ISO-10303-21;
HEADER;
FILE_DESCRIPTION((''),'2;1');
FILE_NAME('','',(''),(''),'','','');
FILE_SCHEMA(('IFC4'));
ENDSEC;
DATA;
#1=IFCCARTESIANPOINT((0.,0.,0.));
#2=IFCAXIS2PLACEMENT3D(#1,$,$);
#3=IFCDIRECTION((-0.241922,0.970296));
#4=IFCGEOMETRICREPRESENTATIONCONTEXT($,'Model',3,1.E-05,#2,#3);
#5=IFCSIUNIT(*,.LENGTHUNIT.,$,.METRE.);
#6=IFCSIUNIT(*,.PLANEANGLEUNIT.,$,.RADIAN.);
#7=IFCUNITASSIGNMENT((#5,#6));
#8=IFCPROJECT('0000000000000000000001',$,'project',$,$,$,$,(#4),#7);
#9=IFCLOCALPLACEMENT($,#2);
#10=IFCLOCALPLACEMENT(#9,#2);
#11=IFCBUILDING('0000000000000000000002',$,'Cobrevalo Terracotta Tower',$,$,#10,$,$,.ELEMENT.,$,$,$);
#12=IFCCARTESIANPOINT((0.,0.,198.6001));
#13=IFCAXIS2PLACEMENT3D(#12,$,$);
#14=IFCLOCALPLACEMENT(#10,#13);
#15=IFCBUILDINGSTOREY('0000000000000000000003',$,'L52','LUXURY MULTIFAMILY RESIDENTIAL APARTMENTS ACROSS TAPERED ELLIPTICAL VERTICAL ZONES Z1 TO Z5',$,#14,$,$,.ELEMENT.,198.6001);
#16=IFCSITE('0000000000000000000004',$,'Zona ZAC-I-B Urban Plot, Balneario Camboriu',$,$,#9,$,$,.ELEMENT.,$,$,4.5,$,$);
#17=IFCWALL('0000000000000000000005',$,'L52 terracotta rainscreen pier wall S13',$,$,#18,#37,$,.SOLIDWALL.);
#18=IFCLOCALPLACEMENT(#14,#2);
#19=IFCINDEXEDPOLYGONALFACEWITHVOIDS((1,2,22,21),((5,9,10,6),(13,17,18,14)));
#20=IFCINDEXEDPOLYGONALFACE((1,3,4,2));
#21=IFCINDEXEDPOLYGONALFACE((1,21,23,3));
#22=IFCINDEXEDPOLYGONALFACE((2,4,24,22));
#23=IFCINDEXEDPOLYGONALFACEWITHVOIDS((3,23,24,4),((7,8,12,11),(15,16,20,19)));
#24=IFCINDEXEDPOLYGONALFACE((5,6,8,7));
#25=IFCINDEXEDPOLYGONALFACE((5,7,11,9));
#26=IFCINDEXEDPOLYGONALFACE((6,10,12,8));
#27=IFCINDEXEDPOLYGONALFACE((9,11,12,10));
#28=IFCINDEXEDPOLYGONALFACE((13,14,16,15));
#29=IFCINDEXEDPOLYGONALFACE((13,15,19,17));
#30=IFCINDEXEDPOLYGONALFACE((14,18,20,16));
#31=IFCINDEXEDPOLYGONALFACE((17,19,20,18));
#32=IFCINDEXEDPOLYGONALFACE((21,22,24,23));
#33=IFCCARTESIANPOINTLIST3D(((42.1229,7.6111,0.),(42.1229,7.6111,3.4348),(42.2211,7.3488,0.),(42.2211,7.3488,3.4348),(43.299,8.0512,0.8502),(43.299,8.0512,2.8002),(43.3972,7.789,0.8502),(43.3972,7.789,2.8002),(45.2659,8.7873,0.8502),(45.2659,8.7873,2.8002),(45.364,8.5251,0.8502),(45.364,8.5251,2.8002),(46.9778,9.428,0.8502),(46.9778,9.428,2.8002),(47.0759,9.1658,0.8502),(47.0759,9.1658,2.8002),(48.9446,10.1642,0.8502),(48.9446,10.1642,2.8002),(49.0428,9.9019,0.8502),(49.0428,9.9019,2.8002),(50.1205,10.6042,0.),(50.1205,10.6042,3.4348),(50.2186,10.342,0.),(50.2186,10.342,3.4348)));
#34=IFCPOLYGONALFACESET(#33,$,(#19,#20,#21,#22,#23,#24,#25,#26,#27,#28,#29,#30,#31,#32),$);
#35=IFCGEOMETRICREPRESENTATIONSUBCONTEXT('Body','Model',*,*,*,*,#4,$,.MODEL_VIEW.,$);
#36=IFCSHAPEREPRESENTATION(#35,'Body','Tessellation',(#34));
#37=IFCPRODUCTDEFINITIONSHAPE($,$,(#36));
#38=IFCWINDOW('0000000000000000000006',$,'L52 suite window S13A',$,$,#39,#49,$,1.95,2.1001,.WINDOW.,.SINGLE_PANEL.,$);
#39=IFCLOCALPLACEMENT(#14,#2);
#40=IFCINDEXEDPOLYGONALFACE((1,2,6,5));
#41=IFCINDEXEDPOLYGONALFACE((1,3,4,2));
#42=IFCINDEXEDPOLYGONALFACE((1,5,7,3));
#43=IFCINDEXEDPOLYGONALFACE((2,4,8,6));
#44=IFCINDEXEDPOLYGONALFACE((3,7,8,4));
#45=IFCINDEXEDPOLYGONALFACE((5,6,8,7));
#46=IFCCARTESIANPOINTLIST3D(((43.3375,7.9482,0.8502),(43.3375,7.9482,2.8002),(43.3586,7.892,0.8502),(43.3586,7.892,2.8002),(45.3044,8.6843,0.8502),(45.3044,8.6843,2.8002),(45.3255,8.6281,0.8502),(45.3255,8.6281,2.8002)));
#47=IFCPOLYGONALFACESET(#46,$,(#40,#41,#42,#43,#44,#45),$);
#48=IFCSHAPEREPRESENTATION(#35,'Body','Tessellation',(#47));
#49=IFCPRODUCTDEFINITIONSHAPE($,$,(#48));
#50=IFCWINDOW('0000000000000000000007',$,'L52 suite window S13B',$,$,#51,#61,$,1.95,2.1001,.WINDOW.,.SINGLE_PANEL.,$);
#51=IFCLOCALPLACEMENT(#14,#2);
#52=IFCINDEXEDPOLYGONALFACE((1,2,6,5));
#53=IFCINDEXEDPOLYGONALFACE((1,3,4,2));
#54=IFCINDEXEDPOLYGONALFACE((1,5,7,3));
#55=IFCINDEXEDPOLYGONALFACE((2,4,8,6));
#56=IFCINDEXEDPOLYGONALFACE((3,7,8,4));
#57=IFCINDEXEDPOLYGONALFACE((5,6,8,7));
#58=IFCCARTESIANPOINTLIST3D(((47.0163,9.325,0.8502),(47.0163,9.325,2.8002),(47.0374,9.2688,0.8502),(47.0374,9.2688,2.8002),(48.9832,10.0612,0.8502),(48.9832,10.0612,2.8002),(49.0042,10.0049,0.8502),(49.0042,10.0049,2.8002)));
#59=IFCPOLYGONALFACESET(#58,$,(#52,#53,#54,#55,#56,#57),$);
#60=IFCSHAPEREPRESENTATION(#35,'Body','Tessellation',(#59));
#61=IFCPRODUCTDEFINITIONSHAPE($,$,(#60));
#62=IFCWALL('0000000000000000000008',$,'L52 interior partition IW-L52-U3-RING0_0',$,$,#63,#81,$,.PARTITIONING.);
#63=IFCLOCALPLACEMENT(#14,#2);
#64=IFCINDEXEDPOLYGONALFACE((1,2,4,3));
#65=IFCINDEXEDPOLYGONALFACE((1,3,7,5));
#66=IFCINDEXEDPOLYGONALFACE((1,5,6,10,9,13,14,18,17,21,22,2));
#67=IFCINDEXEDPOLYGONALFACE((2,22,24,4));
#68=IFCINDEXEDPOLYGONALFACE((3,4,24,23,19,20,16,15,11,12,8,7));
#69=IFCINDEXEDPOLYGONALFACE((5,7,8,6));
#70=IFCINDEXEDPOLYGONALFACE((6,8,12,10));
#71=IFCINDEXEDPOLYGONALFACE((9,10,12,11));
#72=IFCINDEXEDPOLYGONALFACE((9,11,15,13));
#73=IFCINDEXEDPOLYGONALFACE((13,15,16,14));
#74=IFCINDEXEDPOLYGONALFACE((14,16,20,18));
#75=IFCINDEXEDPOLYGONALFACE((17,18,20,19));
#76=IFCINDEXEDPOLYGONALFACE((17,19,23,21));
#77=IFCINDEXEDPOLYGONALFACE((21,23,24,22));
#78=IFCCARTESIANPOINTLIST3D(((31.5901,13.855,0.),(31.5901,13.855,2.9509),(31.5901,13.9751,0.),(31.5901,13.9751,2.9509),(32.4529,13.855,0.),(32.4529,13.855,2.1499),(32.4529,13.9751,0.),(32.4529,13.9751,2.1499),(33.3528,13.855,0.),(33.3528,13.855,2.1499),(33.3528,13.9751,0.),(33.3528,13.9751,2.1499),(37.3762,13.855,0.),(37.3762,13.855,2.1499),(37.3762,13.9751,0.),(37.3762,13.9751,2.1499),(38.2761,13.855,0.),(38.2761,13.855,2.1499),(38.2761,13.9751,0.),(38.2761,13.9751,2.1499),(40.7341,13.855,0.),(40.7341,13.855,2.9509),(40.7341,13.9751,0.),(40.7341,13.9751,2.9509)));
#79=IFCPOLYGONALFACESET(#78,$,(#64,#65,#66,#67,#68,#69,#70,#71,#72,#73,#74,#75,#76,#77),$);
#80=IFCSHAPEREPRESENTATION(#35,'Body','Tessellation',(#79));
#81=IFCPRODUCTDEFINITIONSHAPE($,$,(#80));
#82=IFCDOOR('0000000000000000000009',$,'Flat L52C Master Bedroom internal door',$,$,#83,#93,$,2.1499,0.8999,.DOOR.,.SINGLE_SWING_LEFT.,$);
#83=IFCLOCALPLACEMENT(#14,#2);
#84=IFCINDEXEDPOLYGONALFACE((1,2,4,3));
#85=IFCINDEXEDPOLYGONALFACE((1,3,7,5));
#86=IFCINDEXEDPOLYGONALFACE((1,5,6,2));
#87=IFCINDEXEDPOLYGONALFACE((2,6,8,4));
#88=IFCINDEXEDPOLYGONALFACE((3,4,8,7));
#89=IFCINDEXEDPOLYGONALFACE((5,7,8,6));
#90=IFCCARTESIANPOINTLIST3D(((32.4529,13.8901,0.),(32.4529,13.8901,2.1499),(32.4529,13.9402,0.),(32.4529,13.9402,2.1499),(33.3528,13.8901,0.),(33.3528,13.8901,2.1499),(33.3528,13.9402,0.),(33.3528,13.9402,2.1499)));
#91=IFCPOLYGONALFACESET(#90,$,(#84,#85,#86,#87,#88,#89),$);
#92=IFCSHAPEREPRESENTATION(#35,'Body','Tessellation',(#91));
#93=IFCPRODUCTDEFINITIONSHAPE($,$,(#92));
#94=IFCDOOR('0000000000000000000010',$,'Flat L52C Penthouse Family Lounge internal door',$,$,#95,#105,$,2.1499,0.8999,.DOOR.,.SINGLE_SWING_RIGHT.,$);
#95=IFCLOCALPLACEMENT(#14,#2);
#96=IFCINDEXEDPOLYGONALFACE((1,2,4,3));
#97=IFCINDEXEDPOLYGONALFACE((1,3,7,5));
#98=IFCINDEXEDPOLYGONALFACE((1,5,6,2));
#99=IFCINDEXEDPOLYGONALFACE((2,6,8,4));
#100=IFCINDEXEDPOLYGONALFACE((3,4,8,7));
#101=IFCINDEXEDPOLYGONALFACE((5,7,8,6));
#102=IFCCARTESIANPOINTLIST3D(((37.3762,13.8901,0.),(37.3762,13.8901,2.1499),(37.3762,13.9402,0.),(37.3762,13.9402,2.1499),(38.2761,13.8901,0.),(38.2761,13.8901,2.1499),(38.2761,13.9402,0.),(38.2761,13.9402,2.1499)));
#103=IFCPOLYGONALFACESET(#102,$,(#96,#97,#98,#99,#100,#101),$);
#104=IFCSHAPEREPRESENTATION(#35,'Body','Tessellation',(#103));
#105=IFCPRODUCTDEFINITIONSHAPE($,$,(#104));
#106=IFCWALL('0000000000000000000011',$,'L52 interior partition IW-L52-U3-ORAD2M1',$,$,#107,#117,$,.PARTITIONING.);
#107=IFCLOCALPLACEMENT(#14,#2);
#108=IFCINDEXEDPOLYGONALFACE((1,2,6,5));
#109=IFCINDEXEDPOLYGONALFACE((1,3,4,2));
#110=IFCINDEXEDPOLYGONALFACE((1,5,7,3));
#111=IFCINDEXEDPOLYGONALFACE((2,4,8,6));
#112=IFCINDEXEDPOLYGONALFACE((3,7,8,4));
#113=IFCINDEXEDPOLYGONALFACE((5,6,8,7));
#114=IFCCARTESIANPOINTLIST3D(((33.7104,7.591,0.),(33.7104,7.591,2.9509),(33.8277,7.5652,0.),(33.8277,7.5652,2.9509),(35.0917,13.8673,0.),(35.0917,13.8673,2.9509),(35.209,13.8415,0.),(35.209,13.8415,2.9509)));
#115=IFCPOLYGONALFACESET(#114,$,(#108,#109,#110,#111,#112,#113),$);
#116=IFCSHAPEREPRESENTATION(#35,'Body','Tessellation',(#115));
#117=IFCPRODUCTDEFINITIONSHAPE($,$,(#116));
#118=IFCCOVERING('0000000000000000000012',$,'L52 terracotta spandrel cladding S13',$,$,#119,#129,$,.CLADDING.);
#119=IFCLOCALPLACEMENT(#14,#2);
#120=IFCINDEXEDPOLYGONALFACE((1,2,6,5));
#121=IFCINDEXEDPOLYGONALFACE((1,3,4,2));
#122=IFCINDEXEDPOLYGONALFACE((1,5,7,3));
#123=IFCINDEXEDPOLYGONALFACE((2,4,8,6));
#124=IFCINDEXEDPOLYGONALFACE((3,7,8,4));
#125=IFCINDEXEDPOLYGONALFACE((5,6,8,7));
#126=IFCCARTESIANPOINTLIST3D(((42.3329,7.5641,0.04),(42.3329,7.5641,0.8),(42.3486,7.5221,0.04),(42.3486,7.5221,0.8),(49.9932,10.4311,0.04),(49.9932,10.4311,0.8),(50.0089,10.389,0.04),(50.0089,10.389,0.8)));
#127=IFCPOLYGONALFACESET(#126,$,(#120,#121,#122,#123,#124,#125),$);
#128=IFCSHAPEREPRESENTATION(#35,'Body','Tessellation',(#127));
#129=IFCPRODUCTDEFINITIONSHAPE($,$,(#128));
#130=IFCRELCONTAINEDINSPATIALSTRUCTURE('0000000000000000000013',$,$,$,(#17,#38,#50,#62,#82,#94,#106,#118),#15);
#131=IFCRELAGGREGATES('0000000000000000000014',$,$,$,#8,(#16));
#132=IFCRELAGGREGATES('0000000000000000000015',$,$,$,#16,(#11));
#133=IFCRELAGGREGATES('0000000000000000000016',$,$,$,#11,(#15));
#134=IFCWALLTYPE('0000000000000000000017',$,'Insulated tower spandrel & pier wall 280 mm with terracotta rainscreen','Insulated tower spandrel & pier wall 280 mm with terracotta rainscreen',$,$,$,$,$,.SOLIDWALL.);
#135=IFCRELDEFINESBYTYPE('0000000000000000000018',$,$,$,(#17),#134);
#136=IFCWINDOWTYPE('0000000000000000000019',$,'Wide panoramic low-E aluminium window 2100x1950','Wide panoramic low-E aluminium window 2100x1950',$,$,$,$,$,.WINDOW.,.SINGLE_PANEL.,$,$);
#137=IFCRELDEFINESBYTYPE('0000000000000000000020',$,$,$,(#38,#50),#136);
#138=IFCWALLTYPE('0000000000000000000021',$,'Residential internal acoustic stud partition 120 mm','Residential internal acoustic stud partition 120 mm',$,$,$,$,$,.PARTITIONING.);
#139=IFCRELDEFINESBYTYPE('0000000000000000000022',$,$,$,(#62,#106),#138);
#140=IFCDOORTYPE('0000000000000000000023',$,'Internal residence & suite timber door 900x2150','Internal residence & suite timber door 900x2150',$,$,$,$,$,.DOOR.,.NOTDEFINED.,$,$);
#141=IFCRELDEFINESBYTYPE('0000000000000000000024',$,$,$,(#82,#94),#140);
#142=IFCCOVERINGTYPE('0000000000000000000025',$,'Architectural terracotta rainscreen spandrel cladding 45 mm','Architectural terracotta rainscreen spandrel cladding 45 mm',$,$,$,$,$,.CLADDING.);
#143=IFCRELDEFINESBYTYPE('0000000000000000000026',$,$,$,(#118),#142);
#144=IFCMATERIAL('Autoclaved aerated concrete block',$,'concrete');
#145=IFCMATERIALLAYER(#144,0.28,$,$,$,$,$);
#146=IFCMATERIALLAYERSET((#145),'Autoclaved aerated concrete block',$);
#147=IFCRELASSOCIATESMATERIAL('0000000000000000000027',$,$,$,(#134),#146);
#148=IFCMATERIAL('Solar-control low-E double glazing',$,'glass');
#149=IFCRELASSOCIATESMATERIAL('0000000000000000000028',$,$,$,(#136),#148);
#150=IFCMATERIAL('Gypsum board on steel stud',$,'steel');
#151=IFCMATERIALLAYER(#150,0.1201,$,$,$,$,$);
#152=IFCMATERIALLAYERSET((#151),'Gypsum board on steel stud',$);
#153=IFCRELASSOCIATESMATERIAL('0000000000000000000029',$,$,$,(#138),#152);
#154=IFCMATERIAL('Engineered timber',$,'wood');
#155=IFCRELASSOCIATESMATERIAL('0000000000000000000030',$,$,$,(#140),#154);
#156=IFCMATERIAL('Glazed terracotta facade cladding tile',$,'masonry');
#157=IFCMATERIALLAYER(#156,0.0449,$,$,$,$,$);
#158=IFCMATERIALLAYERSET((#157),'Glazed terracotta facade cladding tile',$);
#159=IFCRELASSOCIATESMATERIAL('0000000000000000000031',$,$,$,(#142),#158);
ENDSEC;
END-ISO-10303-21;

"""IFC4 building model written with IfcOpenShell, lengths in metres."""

from ifc_helpers import new_model, si_unit, direction, frame, frame_2d, origin, origin_2d, place, context, subcontext, project, spatial, rectangle, extrude, source, transform, mapped, material, layer, layer_set, type_object, element, fill, save


model = new_model("IFC4")

# Units and contexts
model_context = context("Model", 3, precision=1e-05, world=origin(), true_north=direction((-0.241922, 0.970296)))
body_context = subcontext(model_context, "Body", "Model", "MODEL_VIEW")
ifc_project = project(units=[si_unit("LENGTHUNIT", "METRE"), si_unit("PLANEANGLEUNIT", "RADIAN")], contexts=[model_context])

# Site, building, storey
site_placement = place(None, origin())
site = spatial("IfcSite", under=ifc_project, at=site_placement, Name="Zona ZAC-I-B Urban Plot, Balneario Camboriu", CompositionType="ELEMENT", RefElevation=4.5)
building_placement = place(site_placement, origin())
building = spatial("IfcBuilding", under=site, at=building_placement, Name="Cobrevalo Terracotta Tower", CompositionType="ELEMENT")
storey_placement = place(building_placement, frame((0.0, 0.0, 198.6001)))
storey = spatial("IfcBuildingStorey", under=building, at=storey_placement, Name="L52", Description="LUXURY MULTIFAMILY RESIDENTIAL APARTMENTS ACROSS TAPERED ELLIPTICAL VERTICAL ZONES Z1 TO Z5", CompositionType="ELEMENT", Elevation=198.6001)

# Shared definitions
ifc_material_1 = material(Name="Solar-control low-E double glazing", Category="glass")

# Shared definitions
ifc_material_2 = material(Name="Autoclaved aerated concrete block", Category="concrete")

# Wall, openings, windows
ifc_layer_1 = layer(ifc_material_2, 0.28)
ifc_layer_set_1 = layer_set([ifc_layer_1], Name="Autoclaved aerated concrete block")
wall_type_1 = type_object("IfcWallType", Name="Insulated tower spandrel & pier wall 280 mm with terracotta rainscreen", Description="Insulated tower spandrel & pier wall 280 mm with terracotta rainscreen", PredefinedType="SOLIDWALL", material=ifc_layer_set_1)
wall_1_placement = place(storey_placement, frame((42.1721, 7.48, 0.0), z_axis=(0.0, 0.0, 1.0), x_axis=(0.936557, 0.350516, 0.0)))
wall_1 = element("IfcWall", 1, at=wall_1_placement, inside=storey, type_object=wall_type_1, Name="L52 terracotta rainscreen pier wall S13", PredefinedType="SOLIDWALL", context=body_context, shape_type="SweptSolid", body=[
    extrude(rectangle(XDim=8.5393, YDim=0.28, at=frame_2d((4.2695, 0.0))), origin(), (0.0, 0.0, 1.0), 3.4348),
])
opening_1_placement = place(wall_1_placement, frame((1.2556, 0.0, 0.8501)))
opening_1 = element("IfcOpeningElement", 2, at=opening_1_placement, cuts=wall_1, PredefinedType="OPENING", context=body_context, shape_type="SweptSolid", body=[
    extrude(rectangle(XDim=2.1001, YDim=1.95, at=frame_2d((1.05, 0.9751))), frame((0.0, 0.1499, 0.0), z_axis=(0.0, -1.0, 0.0), x_axis=(1.0, 0.0, 0.0)), (0.0, 0.0, 1.0), 0.3),
])
opening_2_placement = place(wall_1_placement, frame((5.1836, 0.0, 0.8501)))
opening_2 = element("IfcOpeningElement", 3, at=opening_2_placement, cuts=wall_1, PredefinedType="OPENING", context=body_context, shape_type="SweptSolid", body=[
    extrude(rectangle(XDim=2.1001, YDim=1.95, at=frame_2d((1.05, 0.9751))), frame((0.0, 0.1499, 0.0), z_axis=(0.0, -1.0, 0.0), x_axis=(1.0, 0.0, 0.0)), (0.0, 0.0, 1.0), 0.3),
])
window_type = type_object("IfcWindowType", Name="Wide panoramic low-E aluminium window 2100x1950", Description="Wide panoramic low-E aluminium window 2100x1950", PartitioningType="SINGLE_PANEL", PredefinedType="WINDOW", material=ifc_material_1)
shared_shape_1 = source(origin(), body_context, "Body", "SweptSolid", [
    extrude(rectangle(XDim=2.1001, YDim=1.95, at=frame_2d((1.05, 0.9751))), frame((0.0, 0.03, 0.0), z_axis=(0.0, -1.0, 0.0), x_axis=(1.0, 0.0, 0.0)), (0.0, 0.0, 1.0), 0.0601),
])
window_1_placement = place(opening_1_placement, origin())
window_1 = element("IfcWindow", 4, at=window_1_placement, inside=storey, type_object=window_type, Name="L52 suite window S13A", OverallHeight=1.95, OverallWidth=2.1001, PartitioningType="SINGLE_PANEL", PredefinedType="WINDOW", context=body_context, shape_type="MappedRepresentation", body=[
    mapped(shared_shape_1, transform((0.0, 0.0, 0.0), scale=1.0)),
])
fill(opening_1, window_1)
window_2_placement = place(opening_2_placement, origin())
window_2 = element("IfcWindow", 5, at=window_2_placement, inside=storey, type_object=window_type, Name="L52 suite window S13B", OverallHeight=1.95, OverallWidth=2.1001, PartitioningType="SINGLE_PANEL", PredefinedType="WINDOW", context=body_context, shape_type="MappedRepresentation", body=[
    mapped(shared_shape_1, transform((0.0, 0.0, 0.0), scale=1.0)),
])
fill(opening_2, window_2)

# Wall, openings, doors
ifc_material_3 = material(Name="Gypsum board on steel stud", Category="steel")
ifc_layer_2 = layer(ifc_material_3, 0.1201)
ifc_layer_set_2 = layer_set([ifc_layer_2], Name="Gypsum board on steel stud")
wall_type_2 = type_object("IfcWallType", Name="Residential internal acoustic stud partition 120 mm", Description="Residential internal acoustic stud partition 120 mm", PredefinedType="PARTITIONING", material=ifc_layer_set_2)
wall_2_placement = place(storey_placement, frame((40.7341, 13.915, 0.0), z_axis=(0.0, 0.0, 1.0), x_axis=(-1.0, 0.0, 0.0)))
wall_2 = element("IfcWall", 6, at=wall_2_placement, inside=storey, type_object=wall_type_2, Name="L52 interior partition IW-L52-U3-RING0_0", PredefinedType="PARTITIONING", context=body_context, shape_type="SweptSolid", body=[
    extrude(rectangle(XDim=9.144, YDim=0.1201, at=frame_2d((4.572, 0.0))), origin(), (0.0, 0.0, 1.0), 2.9509),
])
opening_3_placement = place(wall_2_placement, frame((7.3813, 0.0, 0.0)))
opening_3 = element("IfcOpeningElement", 7, at=opening_3_placement, cuts=wall_2, PredefinedType="OPENING", context=body_context, shape_type="SweptSolid", body=[
    extrude(rectangle(XDim=0.8999, YDim=2.1499, at=frame_2d((0.45, 1.075))), frame((0.0, 0.0701, 0.0), z_axis=(0.0, -1.0, 0.0), x_axis=(1.0, 0.0, 0.0)), (0.0, 0.0, 1.0), 0.1401),
])
opening_4_placement = place(wall_2_placement, frame((2.458, 0.0, 0.0)))
opening_4 = element("IfcOpeningElement", 8, at=opening_4_placement, cuts=wall_2, PredefinedType="OPENING", context=body_context, shape_type="SweptSolid", body=[
    extrude(rectangle(XDim=0.8999, YDim=2.1499, at=frame_2d((0.45, 1.075))), frame((0.0, 0.0701, 0.0), z_axis=(0.0, -1.0, 0.0), x_axis=(1.0, 0.0, 0.0)), (0.0, 0.0, 1.0), 0.1401),
])
ifc_material_4 = material(Name="Engineered timber", Category="wood")
door_type_1 = type_object("IfcDoorType", Name="Internal residence & suite timber door 900x2150", Description="Internal residence & suite timber door 900x2150", OperationType="NOTDEFINED", PredefinedType="DOOR", material=ifc_material_4)
shared_shape_2 = source(origin(), body_context, "Body", "SweptSolid", [
    extrude(rectangle(XDim=0.8999, YDim=2.1499, at=frame_2d((0.45, 1.075))), frame((0.0, 0.0249, 0.0), z_axis=(0.0, -1.0, 0.0), x_axis=(1.0, 0.0, 0.0)), (0.0, 0.0, 1.0), 0.05),
])
door_1_placement = place(opening_3_placement, origin())
door_1 = element("IfcDoor", 9, at=door_1_placement, inside=storey, type_object=door_type_1, Name="Flat L52C Master Bedroom internal door", OperationType="SINGLE_SWING_LEFT", OverallHeight=2.1499, OverallWidth=0.8999, PredefinedType="DOOR", context=body_context, shape_type="MappedRepresentation", body=[
    mapped(shared_shape_2, transform((0.0, 0.0, 0.0), scale=1.0)),
])
fill(opening_3, door_1)
door_2_placement = place(opening_4_placement, origin())
door_2 = element("IfcDoor", 10, at=door_2_placement, inside=storey, type_object=door_type_1, Name="Flat L52C Penthouse Family Lounge internal door", OperationType="SINGLE_SWING_RIGHT", OverallHeight=2.1499, OverallWidth=0.8999, PredefinedType="DOOR", context=body_context, shape_type="MappedRepresentation", body=[
    mapped(shared_shape_2, transform((0.0, 0.0, 0.0), scale=1.0)),
])
fill(opening_4, door_2)

# Wall
wall_3_placement = place(storey_placement, frame((35.1504, 13.8545, 0.0), z_axis=(0.0, 0.0, 1.0), x_axis=(-0.214943, -0.976627, 0.0)))
element("IfcWall", 11, at=wall_3_placement, inside=storey, type_object=wall_type_2, Name="L52 interior partition IW-L52-U3-ORAD2M1", PredefinedType="PARTITIONING", context=body_context, shape_type="SweptSolid", body=[
    extrude(rectangle(XDim=6.4265, YDim=0.1201, at=frame_2d((3.2134, 0.0))), origin(), (0.0, 0.0, 1.0), 2.9509),
])

# Covering
ifc_material_5 = material(Name="Glazed terracotta facade cladding tile", Category="masonry")
ifc_layer_3 = layer(ifc_material_5, 0.0449)
ifc_layer_set_3 = layer_set([ifc_layer_3], Name="Glazed terracotta facade cladding tile")
covering_type = type_object("IfcCoveringType", Name="Architectural terracotta rainscreen spandrel cladding 45 mm", Description="Architectural terracotta rainscreen spandrel cladding 45 mm", PredefinedType="CLADDING", material=ifc_layer_set_3)
shared_shape_3 = source(origin(), body_context, "Body", "SweptSolid", [
    extrude(rectangle(XDim=8.1792, YDim=0.0449, at=origin_2d()), origin(), (0.0, 0.0, 1.0), 0.76),
])
covering_placement = place(storey_placement, frame((46.1709, 8.9766, 0.04), z_axis=(0.0, 0.0, 1.0), x_axis=(0.936558, 0.350513, 0.0)))
element("IfcCovering", 12, at=covering_placement, inside=storey, type_object=covering_type, Name="L52 terracotta spandrel cladding S13", PredefinedType="CLADDING", context=body_context, shape_type="MappedRepresentation", body=[
    mapped(shared_shape_3, transform((0.0, 0.0, 0.0), scale=1.0)),
])

save(model, "model.ifc")
